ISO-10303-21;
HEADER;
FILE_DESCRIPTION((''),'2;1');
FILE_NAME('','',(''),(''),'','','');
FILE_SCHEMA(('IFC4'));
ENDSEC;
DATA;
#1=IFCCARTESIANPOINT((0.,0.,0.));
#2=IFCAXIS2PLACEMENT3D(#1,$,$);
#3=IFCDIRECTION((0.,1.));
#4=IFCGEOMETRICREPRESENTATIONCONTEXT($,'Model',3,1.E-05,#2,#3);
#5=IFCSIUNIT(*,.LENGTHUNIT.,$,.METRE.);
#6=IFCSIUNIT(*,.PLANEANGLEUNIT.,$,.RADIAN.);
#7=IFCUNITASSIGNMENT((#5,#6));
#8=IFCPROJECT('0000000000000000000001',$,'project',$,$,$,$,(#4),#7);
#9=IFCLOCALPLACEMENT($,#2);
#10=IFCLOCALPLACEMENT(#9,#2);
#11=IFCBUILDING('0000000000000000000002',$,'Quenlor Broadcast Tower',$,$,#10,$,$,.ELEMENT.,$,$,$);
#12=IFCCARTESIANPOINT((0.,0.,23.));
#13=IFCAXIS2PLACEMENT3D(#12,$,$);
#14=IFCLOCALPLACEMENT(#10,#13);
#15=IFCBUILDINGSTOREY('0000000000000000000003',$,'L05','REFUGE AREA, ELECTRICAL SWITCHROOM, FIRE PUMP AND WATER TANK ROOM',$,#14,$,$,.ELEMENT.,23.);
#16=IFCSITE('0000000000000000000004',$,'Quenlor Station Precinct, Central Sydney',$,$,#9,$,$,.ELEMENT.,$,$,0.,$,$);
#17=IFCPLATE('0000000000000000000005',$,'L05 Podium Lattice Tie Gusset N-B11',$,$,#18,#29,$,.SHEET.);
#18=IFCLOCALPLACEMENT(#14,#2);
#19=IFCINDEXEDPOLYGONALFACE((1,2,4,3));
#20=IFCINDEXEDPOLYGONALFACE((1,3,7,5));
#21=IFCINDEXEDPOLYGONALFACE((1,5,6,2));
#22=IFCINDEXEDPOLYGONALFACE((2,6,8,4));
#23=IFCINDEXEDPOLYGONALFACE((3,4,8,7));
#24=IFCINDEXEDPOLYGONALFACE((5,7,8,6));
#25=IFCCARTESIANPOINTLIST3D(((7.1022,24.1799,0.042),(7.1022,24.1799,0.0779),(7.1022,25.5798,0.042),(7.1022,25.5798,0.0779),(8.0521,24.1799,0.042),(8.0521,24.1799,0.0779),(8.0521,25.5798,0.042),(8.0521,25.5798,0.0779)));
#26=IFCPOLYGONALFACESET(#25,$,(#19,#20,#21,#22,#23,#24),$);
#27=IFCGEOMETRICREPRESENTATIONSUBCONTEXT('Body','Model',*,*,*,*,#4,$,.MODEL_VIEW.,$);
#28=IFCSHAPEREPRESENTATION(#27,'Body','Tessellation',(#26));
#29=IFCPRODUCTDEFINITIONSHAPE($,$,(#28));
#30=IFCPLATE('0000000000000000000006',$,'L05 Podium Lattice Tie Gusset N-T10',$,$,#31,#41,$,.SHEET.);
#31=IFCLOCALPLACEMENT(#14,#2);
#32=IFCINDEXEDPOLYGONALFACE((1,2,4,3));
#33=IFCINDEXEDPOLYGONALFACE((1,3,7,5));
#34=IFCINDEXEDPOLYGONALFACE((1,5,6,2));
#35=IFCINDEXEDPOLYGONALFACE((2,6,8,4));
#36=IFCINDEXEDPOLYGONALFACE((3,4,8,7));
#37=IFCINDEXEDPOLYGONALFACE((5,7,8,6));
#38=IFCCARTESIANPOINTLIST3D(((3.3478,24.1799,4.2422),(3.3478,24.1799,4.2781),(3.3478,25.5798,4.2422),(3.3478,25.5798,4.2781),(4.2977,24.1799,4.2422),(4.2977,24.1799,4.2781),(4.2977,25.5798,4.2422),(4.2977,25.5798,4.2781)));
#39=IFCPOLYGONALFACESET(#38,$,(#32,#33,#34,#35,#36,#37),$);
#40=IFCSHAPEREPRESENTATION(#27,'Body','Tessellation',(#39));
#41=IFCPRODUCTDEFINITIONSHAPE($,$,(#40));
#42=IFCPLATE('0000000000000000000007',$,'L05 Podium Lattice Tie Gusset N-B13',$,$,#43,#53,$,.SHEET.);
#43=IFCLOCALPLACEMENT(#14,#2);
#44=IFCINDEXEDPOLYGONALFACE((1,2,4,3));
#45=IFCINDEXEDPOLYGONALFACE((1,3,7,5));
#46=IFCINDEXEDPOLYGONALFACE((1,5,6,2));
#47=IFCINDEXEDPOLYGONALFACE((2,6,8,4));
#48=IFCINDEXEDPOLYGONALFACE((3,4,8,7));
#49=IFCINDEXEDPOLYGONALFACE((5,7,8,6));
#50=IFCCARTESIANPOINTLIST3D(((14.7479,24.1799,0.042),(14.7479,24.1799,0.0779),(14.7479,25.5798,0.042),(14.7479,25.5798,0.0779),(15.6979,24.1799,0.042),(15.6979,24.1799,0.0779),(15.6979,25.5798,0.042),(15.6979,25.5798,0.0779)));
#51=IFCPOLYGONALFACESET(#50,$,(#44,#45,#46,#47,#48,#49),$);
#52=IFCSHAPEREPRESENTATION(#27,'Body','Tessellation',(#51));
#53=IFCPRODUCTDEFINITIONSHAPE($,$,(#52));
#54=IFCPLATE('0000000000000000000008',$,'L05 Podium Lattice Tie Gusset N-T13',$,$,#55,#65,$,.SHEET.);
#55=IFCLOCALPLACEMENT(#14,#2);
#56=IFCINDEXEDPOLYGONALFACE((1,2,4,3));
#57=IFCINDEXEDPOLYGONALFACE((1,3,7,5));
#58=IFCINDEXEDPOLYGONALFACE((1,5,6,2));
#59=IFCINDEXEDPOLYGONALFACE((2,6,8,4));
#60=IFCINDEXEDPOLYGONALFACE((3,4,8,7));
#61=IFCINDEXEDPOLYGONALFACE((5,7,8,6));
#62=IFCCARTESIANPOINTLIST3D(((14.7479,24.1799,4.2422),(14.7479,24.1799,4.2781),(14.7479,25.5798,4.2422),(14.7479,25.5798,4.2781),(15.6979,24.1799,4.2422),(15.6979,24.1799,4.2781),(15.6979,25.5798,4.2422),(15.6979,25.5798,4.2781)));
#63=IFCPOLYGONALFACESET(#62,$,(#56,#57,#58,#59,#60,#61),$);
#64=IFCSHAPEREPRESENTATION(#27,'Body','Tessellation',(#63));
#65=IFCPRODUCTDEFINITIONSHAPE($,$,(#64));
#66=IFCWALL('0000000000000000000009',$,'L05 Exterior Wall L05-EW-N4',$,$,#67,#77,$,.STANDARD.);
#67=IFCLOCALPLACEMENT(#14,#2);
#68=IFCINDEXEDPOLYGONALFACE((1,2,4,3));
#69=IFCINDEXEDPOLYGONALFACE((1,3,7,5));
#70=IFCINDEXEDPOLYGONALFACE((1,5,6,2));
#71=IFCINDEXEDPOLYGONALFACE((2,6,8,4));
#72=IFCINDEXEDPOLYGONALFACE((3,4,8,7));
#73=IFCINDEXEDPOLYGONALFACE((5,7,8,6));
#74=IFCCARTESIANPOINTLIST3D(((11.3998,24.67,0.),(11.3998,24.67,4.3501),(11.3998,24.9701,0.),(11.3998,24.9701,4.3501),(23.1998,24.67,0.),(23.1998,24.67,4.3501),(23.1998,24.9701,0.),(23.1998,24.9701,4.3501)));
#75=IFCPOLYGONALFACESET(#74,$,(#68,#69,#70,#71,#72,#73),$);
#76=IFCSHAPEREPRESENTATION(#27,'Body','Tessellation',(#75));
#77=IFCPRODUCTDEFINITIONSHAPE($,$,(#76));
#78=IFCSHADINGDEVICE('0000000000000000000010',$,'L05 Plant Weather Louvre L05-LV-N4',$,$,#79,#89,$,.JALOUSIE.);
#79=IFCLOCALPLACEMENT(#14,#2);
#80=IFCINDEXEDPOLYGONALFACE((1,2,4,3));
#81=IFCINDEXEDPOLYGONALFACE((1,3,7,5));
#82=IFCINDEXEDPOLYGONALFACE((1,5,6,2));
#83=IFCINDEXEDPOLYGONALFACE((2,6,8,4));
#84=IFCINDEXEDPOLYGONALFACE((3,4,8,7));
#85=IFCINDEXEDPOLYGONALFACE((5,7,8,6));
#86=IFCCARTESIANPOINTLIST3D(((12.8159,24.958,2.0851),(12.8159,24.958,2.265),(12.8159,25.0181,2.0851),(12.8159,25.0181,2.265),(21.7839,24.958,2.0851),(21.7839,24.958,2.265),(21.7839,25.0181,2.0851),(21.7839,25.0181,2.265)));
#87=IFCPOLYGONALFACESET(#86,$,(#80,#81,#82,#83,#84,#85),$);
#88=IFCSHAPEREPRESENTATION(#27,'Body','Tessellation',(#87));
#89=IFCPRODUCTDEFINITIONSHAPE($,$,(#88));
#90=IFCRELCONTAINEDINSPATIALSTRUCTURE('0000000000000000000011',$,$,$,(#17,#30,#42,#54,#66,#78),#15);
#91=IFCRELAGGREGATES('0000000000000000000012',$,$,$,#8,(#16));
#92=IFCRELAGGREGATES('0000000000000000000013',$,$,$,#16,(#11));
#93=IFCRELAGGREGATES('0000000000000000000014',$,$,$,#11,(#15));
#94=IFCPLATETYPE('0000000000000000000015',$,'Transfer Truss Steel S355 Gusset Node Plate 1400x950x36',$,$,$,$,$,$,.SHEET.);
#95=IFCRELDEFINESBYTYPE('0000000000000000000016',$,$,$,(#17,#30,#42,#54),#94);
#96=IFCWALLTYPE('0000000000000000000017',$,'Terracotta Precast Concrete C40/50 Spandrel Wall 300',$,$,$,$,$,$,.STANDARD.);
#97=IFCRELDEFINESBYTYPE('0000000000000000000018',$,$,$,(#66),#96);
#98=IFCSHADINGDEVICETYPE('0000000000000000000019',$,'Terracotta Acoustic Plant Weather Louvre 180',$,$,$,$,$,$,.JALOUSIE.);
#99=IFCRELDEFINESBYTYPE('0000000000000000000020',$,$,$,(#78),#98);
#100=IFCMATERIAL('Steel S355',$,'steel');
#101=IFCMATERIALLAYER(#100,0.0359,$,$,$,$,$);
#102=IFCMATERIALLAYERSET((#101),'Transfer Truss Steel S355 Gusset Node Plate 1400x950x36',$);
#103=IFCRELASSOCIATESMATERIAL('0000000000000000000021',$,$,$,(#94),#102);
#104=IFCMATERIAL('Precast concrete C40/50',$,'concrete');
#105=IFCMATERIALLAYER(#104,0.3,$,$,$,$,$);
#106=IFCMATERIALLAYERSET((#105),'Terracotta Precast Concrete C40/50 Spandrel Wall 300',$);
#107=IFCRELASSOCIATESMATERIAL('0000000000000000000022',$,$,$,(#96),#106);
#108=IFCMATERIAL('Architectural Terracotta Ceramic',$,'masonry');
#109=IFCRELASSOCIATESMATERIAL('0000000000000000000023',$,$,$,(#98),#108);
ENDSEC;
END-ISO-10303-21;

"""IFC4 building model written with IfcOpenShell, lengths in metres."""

from ifc_helpers import new_model, si_unit, direction, frame, frame_2d, origin, origin_2d, place, context, subcontext, project, spatial, rectangle, extrude, material, layer, layer_set, material_profile, profile_set, type_object, element, save


model = new_model("IFC4")

# Units and contexts
model_context = context("Model", 3, precision=1e-05, world=origin(), true_north=direction((0.0, 1.0)))
body_context = subcontext(model_context, "Body", "Model", "MODEL_VIEW")
ifc_project = project(units=[si_unit("LENGTHUNIT", "METRE"), si_unit("PLANEANGLEUNIT", "RADIAN")], contexts=[model_context])

# Site, building, storey
site_placement = place(None, origin())
site = spatial("IfcSite", under=ifc_project, at=site_placement, Name="Quenlor Station Precinct, Central Sydney", CompositionType="ELEMENT", RefElevation=0.0)
building_placement = place(site_placement, origin())
building = spatial("IfcBuilding", under=site, at=building_placement, Name="Quenlor Broadcast Tower", CompositionType="ELEMENT")
storey_placement = place(building_placement, frame((0.0, 0.0, 23.0)))
storey = spatial("IfcBuildingStorey", under=building, at=storey_placement, Name="L05", Description="REFUGE AREA, ELECTRICAL SWITCHROOM, FIRE PUMP AND WATER TANK ROOM", CompositionType="ELEMENT", Elevation=23.0)

# Plates
ifc_material_1 = material(Name="Steel S355", Category="steel")
ifc_layer_1 = layer(ifc_material_1, 0.0359)
ifc_layer_set_1 = layer_set([ifc_layer_1], Name="Transfer Truss Steel S355 Gusset Node Plate 1400x950x36")
plate_type_1 = type_object("IfcPlateType", Name="Transfer Truss Steel S355 Gusset Node Plate 1400x950x36", PredefinedType="SHEET", material=ifc_layer_set_1)
for number, where, z_axis, x_axis, name in (
    (1, (7.5771, 24.8799, 0.042), (0.0, 0.0, 1.0), (0.0, 1.0, 0.0), "L05 Podium Lattice Tie Gusset N-B11"),
    (2, (3.8228, 24.8799, 4.2422), (0.0, 0.0, 1.0), (0.0, 1.0, 0.0), "L05 Podium Lattice Tie Gusset N-T10"),
    (3, (15.2229, 24.8799, 0.042), (0.0, 0.0, 1.0), (0.0, 1.0, 0.0), "L05 Podium Lattice Tie Gusset N-B13"),
    (4, (15.2229, 24.8799, 4.2422), (0.0, 0.0, 1.0), (0.0, 1.0, 0.0), "L05 Podium Lattice Tie Gusset N-T13"),
):
    element("IfcPlate", number, at=place(storey_placement, frame(where, z_axis=z_axis, x_axis=x_axis)), inside=storey, type_object=plate_type_1, Name=name, PredefinedType="SHEET", context=body_context, shape_type="SweptSolid", body=[
        extrude(rectangle(XDim=1.3999, YDim=0.95, at=origin_2d()), origin(), (0.0, 0.0, 1.0), 0.0359),
    ])

# Wall
ifc_material_2 = material(Name="Precast concrete C40/50", Category="concrete")
ifc_layer_2 = layer(ifc_material_2, 0.3)
ifc_layer_set_2 = layer_set([ifc_layer_2], Name="Terracotta Precast Concrete C40/50 Spandrel Wall 300")
wall_type = type_object("IfcWallType", Name="Terracotta Precast Concrete C40/50 Spandrel Wall 300", PredefinedType="STANDARD", material=ifc_layer_set_2)
wall_placement = place(storey_placement, frame((11.3999, 24.8201, 0.0), z_axis=(0.0, 0.0, 1.0), x_axis=(1.0, 0.0, 0.0)))
element("IfcWall", 5, at=wall_placement, inside=storey, type_object=wall_type, Name="L05 Exterior Wall L05-EW-N4", PredefinedType="STANDARD", context=body_context, shape_type="SweptSolid", body=[
    extrude(rectangle(XDim=11.8, YDim=0.3, at=frame_2d((5.8999, 0.0))), origin(), (0.0, 0.0, 1.0), 4.3501),
])

# Shading device
ifc_material_3 = material(Name="Architectural Terracotta Ceramic", Category="masonry")
ifc_material_profile_1 = material_profile(ifc_material_3, rectangle(XDim=0.0601, YDim=0.1799, at=origin_2d()))
ifc_profile_set_1 = profile_set([ifc_material_profile_1], Name="Architectural Terracotta Ceramic LVR60x180")
shading_device_type = type_object("IfcShadingDeviceType", Name="Terracotta Acoustic Plant Weather Louvre 180", PredefinedType="JALOUSIE", material=ifc_profile_set_1)
shading_device_placement = place(storey_placement, frame((12.8159, 24.988, 2.175), z_axis=(1.0, 0.0, 0.0), x_axis=(0.0, 1.0, 0.0)))
element("IfcShadingDevice", 6, at=shading_device_placement, inside=storey, type_object=shading_device_type, Name="L05 Plant Weather Louvre L05-LV-N4", PredefinedType="JALOUSIE", context=body_context, shape_type="SweptSolid", body=[
    extrude(rectangle(XDim=0.0601, YDim=0.1799, at=origin_2d()), origin(), (0.0, 0.0, 1.0), 8.968),
])

save(model, "model.ifc")
